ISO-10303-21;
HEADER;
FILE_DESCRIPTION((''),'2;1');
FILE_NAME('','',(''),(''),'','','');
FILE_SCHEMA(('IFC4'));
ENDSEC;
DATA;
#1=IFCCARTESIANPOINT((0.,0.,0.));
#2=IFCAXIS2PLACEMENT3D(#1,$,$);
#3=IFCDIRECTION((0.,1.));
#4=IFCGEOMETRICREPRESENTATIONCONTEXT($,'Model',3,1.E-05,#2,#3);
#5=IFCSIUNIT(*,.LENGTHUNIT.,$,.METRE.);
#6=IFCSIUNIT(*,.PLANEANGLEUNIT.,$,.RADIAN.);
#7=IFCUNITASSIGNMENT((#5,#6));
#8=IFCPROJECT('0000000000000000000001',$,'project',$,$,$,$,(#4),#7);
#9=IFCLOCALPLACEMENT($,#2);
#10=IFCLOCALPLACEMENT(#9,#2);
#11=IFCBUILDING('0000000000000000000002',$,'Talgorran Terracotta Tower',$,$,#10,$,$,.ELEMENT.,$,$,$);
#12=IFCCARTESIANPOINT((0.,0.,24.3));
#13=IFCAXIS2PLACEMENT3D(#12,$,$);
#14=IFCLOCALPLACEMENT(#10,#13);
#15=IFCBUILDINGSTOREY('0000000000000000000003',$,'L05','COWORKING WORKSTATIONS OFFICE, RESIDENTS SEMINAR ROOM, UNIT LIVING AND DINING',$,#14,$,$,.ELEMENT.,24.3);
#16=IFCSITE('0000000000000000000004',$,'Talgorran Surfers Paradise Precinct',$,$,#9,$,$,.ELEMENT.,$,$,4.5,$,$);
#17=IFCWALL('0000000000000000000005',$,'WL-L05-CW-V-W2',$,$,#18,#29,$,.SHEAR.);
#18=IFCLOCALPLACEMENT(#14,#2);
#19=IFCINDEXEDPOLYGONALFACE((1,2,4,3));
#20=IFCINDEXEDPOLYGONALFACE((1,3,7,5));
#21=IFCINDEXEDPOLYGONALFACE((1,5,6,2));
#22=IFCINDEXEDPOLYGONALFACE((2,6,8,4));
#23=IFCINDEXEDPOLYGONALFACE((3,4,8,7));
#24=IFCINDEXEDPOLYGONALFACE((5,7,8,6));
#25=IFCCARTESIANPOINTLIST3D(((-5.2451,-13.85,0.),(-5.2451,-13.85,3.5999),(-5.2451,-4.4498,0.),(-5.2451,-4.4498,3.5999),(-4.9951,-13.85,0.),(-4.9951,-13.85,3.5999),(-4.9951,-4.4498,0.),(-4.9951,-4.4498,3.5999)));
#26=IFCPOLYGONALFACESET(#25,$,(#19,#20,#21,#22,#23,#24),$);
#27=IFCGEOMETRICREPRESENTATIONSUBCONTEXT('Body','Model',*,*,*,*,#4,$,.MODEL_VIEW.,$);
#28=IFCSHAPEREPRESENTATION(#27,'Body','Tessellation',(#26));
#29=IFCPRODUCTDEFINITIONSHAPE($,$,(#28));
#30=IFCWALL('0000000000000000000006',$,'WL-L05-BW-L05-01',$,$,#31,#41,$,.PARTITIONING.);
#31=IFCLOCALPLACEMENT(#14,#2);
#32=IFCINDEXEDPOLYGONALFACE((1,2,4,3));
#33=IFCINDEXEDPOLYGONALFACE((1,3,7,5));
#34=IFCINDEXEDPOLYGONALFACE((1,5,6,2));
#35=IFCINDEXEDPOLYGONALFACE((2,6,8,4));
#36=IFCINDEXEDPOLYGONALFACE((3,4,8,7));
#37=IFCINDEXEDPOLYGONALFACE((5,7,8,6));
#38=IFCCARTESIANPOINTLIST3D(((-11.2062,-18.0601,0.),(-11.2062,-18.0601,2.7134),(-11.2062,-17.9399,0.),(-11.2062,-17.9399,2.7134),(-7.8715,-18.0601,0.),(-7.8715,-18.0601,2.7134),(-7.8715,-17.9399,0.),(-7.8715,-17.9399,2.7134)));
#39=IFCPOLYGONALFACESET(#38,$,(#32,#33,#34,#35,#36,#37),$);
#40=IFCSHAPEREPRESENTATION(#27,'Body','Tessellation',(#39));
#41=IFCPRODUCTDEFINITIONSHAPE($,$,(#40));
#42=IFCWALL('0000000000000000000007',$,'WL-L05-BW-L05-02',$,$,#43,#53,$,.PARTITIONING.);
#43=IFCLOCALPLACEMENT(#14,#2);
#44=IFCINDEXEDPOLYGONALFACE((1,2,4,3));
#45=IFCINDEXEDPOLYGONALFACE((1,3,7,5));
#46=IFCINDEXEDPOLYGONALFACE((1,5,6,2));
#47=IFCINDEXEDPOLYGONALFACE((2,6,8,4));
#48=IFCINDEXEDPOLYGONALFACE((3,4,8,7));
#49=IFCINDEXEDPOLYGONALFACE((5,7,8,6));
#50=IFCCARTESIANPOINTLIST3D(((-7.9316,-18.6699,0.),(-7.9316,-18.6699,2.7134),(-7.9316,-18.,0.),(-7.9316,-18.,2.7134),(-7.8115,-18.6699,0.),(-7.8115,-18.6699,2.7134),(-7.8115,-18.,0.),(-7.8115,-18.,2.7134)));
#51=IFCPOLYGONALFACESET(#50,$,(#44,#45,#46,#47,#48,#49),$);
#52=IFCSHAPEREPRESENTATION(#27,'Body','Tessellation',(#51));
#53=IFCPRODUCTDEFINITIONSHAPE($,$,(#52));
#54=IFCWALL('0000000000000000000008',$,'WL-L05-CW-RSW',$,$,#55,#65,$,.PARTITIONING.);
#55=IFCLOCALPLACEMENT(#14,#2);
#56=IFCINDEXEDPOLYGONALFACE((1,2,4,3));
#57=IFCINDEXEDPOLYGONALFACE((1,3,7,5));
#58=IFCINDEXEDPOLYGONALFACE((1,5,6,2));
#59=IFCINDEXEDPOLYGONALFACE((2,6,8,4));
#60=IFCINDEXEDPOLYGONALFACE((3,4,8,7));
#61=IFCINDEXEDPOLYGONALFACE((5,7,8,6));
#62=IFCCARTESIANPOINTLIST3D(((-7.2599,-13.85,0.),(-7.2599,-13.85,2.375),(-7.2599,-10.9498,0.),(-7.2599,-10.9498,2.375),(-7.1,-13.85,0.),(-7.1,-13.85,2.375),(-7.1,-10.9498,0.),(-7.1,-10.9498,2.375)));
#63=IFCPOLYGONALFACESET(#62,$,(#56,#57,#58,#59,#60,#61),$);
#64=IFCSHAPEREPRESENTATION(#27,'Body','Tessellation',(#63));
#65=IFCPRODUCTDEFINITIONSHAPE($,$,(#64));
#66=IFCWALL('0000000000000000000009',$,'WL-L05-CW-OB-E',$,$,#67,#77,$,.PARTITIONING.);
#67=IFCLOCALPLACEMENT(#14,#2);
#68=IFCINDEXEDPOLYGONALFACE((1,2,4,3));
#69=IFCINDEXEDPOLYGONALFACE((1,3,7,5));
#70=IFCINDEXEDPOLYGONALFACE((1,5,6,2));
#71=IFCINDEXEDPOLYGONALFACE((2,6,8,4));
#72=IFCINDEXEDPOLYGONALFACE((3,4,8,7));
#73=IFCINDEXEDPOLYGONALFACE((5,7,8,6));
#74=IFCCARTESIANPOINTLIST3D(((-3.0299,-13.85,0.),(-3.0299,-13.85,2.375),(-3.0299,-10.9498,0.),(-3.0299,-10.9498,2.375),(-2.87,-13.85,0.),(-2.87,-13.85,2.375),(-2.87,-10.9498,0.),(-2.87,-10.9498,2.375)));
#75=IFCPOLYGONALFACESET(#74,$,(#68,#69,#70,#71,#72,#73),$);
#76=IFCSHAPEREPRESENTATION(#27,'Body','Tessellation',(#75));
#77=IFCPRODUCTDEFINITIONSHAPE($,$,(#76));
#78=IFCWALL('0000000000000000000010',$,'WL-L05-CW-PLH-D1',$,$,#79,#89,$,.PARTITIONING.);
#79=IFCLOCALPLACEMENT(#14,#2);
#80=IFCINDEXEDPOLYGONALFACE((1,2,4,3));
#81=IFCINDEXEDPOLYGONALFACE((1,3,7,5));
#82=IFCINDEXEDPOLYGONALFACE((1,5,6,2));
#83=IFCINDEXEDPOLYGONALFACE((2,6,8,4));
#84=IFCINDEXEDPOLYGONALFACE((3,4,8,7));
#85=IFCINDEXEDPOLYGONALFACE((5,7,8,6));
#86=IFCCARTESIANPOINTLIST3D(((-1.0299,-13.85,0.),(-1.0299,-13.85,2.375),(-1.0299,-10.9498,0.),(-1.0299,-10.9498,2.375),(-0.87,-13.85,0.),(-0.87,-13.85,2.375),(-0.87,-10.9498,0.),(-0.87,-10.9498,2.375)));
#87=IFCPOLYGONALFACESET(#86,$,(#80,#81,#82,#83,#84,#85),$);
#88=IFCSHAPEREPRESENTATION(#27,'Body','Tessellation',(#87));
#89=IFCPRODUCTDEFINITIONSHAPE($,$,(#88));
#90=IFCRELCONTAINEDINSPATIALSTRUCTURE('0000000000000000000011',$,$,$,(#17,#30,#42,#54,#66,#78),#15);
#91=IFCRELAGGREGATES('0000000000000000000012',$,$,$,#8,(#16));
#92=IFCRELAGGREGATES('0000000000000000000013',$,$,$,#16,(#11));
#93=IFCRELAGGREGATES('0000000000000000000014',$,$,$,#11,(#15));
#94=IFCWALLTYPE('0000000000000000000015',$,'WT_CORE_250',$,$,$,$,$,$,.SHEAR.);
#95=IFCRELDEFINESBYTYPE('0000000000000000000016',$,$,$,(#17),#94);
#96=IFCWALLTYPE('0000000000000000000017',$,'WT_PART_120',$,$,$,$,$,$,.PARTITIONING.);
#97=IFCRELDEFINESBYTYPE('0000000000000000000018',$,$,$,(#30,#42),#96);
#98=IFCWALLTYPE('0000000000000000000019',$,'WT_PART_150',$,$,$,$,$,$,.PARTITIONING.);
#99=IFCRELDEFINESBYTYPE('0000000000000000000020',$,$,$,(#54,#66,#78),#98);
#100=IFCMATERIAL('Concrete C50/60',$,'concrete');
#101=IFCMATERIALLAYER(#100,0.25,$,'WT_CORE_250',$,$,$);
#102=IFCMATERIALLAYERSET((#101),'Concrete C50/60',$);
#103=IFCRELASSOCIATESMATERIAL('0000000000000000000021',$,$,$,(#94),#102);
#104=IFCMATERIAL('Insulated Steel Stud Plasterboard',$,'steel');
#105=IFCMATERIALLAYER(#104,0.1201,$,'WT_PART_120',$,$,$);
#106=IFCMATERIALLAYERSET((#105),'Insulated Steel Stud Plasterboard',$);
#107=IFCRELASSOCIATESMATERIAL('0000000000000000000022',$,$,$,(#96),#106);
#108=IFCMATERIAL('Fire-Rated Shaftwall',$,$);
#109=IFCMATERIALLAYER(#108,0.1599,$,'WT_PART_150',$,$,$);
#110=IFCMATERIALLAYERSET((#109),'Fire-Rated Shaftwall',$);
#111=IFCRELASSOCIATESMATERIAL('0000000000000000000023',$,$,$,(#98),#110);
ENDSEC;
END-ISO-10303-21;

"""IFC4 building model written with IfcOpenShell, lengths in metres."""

from ifc_helpers import new_model, si_unit, direction, frame, frame_2d, origin, place, context, subcontext, project, spatial, rectangle, extrude, material, layer, layer_set, type_object, element, save


model = new_model("IFC4")

# Units and contexts
model_context = context("Model", 3, precision=1e-05, world=origin(), true_north=direction((0.0, 1.0)))
body_context = subcontext(model_context, "Body", "Model", "MODEL_VIEW")
ifc_project = project(units=[si_unit("LENGTHUNIT", "METRE"), si_unit("PLANEANGLEUNIT", "RADIAN")], contexts=[model_context])

# Site, building, storey
site_placement = place(None, origin())
site = spatial("IfcSite", under=ifc_project, at=site_placement, Name="Talgorran Surfers Paradise Precinct", CompositionType="ELEMENT", RefElevation=4.5)
building_placement = place(site_placement, origin())
building = spatial("IfcBuilding", under=site, at=building_placement, Name="Talgorran Terracotta Tower", CompositionType="ELEMENT")
storey_placement = place(building_placement, frame((0.0, 0.0, 24.3)))
storey = spatial("IfcBuildingStorey", under=building, at=storey_placement, Name="L05", Description="COWORKING WORKSTATIONS OFFICE, RESIDENTS SEMINAR ROOM, UNIT LIVING AND DINING", CompositionType="ELEMENT", Elevation=24.3)

# Shared definitions
ifc_material_1 = material(Name="Concrete C50/60", Category="concrete")
ifc_layer_1 = layer(ifc_material_1, 0.25, Name="WT_CORE_250")
ifc_layer_set_1 = layer_set([ifc_layer_1], Name="Concrete C50/60")
wall_type_1 = type_object("IfcWallType", Name="WT_CORE_250", PredefinedType="SHEAR", material=ifc_layer_set_1)

# Walls
wall_1_placement = place(storey_placement, frame((-5.1201, -13.8501, 0.0), z_axis=(0.0, 0.0, 1.0), x_axis=(0.0, 1.0, 0.0)))
element("IfcWall", 1, at=wall_1_placement, inside=storey, type_object=wall_type_1, Name="WL-L05-CW-V-W2", PredefinedType="SHEAR", context=body_context, shape_type="SweptSolid", body=[
    extrude(rectangle(XDim=9.4001, YDim=0.25, at=frame_2d((4.7002, 0.0))), origin(), (0.0, 0.0, 1.0), 3.5999),
])
ifc_material_2 = material(Name="Insulated Steel Stud Plasterboard", Category="steel")
ifc_layer_2 = layer(ifc_material_2, 0.1201, Name="WT_PART_120")
ifc_layer_set_2 = layer_set([ifc_layer_2], Name="Insulated Steel Stud Plasterboard")
wall_type_2 = type_object("IfcWallType", Name="WT_PART_120", PredefinedType="PARTITIONING", material=ifc_layer_set_2)
wall_2_placement = place(storey_placement, frame((-11.2063, -18.0, 0.0), z_axis=(0.0, 0.0, 1.0), x_axis=(1.0, 0.0, 0.0)))
element("IfcWall", 2, at=wall_2_placement, inside=storey, type_object=wall_type_2, Name="WL-L05-BW-L05-01", PredefinedType="PARTITIONING", context=body_context, shape_type="SweptSolid", body=[
    extrude(rectangle(XDim=3.3347, YDim=0.1201, at=frame_2d((1.6675, 0.0))), origin(), (0.0, 0.0, 1.0), 2.7134),
])
wall_3_placement = place(storey_placement, frame((-7.8716, -18.0, 0.0), z_axis=(0.0, 0.0, 1.0), x_axis=(0.0, -1.0, 0.0)))
element("IfcWall", 3, at=wall_3_placement, inside=storey, type_object=wall_type_2, Name="WL-L05-BW-L05-02", PredefinedType="PARTITIONING", context=body_context, shape_type="SweptSolid", body=[
    extrude(rectangle(XDim=0.6699, YDim=0.1201, at=frame_2d((0.335, 0.0))), origin(), (0.0, 0.0, 1.0), 2.7134),
])
ifc_material_3 = material(Name="Fire-Rated Shaftwall")
ifc_layer_3 = layer(ifc_material_3, 0.1599, Name="WT_PART_150")
ifc_layer_set_3 = layer_set([ifc_layer_3], Name="Fire-Rated Shaftwall")
wall_type_3 = type_object("IfcWallType", Name="WT_PART_150", PredefinedType="PARTITIONING", material=ifc_layer_set_3)
for number, where, z_axis, x_axis, name in (
    (4, (-7.1799, -13.8501, 0.0), (0.0, 0.0, 1.0), (0.0, 1.0, 0.0), "WL-L05-CW-RSW"),
    (5, (-2.95, -13.8501, 0.0), (0.0, 0.0, 1.0), (0.0, 1.0, 0.0), "WL-L05-CW-OB-E"),
    (6, (-0.95, -13.8501, 0.0), (0.0, 0.0, 1.0), (0.0, 1.0, 0.0), "WL-L05-CW-PLH-D1"),
):
    element("IfcWall", number, at=place(storey_placement, frame(where, z_axis=z_axis, x_axis=x_axis)), inside=storey, type_object=wall_type_3, Name=name, PredefinedType="PARTITIONING", context=body_context, shape_type="SweptSolid", body=[
        extrude(rectangle(XDim=2.9001, YDim=0.1599, at=frame_2d((1.4502, 0.0))), origin(), (0.0, 0.0, 1.0), 2.375),
    ])

save(model, "model.ifc")
